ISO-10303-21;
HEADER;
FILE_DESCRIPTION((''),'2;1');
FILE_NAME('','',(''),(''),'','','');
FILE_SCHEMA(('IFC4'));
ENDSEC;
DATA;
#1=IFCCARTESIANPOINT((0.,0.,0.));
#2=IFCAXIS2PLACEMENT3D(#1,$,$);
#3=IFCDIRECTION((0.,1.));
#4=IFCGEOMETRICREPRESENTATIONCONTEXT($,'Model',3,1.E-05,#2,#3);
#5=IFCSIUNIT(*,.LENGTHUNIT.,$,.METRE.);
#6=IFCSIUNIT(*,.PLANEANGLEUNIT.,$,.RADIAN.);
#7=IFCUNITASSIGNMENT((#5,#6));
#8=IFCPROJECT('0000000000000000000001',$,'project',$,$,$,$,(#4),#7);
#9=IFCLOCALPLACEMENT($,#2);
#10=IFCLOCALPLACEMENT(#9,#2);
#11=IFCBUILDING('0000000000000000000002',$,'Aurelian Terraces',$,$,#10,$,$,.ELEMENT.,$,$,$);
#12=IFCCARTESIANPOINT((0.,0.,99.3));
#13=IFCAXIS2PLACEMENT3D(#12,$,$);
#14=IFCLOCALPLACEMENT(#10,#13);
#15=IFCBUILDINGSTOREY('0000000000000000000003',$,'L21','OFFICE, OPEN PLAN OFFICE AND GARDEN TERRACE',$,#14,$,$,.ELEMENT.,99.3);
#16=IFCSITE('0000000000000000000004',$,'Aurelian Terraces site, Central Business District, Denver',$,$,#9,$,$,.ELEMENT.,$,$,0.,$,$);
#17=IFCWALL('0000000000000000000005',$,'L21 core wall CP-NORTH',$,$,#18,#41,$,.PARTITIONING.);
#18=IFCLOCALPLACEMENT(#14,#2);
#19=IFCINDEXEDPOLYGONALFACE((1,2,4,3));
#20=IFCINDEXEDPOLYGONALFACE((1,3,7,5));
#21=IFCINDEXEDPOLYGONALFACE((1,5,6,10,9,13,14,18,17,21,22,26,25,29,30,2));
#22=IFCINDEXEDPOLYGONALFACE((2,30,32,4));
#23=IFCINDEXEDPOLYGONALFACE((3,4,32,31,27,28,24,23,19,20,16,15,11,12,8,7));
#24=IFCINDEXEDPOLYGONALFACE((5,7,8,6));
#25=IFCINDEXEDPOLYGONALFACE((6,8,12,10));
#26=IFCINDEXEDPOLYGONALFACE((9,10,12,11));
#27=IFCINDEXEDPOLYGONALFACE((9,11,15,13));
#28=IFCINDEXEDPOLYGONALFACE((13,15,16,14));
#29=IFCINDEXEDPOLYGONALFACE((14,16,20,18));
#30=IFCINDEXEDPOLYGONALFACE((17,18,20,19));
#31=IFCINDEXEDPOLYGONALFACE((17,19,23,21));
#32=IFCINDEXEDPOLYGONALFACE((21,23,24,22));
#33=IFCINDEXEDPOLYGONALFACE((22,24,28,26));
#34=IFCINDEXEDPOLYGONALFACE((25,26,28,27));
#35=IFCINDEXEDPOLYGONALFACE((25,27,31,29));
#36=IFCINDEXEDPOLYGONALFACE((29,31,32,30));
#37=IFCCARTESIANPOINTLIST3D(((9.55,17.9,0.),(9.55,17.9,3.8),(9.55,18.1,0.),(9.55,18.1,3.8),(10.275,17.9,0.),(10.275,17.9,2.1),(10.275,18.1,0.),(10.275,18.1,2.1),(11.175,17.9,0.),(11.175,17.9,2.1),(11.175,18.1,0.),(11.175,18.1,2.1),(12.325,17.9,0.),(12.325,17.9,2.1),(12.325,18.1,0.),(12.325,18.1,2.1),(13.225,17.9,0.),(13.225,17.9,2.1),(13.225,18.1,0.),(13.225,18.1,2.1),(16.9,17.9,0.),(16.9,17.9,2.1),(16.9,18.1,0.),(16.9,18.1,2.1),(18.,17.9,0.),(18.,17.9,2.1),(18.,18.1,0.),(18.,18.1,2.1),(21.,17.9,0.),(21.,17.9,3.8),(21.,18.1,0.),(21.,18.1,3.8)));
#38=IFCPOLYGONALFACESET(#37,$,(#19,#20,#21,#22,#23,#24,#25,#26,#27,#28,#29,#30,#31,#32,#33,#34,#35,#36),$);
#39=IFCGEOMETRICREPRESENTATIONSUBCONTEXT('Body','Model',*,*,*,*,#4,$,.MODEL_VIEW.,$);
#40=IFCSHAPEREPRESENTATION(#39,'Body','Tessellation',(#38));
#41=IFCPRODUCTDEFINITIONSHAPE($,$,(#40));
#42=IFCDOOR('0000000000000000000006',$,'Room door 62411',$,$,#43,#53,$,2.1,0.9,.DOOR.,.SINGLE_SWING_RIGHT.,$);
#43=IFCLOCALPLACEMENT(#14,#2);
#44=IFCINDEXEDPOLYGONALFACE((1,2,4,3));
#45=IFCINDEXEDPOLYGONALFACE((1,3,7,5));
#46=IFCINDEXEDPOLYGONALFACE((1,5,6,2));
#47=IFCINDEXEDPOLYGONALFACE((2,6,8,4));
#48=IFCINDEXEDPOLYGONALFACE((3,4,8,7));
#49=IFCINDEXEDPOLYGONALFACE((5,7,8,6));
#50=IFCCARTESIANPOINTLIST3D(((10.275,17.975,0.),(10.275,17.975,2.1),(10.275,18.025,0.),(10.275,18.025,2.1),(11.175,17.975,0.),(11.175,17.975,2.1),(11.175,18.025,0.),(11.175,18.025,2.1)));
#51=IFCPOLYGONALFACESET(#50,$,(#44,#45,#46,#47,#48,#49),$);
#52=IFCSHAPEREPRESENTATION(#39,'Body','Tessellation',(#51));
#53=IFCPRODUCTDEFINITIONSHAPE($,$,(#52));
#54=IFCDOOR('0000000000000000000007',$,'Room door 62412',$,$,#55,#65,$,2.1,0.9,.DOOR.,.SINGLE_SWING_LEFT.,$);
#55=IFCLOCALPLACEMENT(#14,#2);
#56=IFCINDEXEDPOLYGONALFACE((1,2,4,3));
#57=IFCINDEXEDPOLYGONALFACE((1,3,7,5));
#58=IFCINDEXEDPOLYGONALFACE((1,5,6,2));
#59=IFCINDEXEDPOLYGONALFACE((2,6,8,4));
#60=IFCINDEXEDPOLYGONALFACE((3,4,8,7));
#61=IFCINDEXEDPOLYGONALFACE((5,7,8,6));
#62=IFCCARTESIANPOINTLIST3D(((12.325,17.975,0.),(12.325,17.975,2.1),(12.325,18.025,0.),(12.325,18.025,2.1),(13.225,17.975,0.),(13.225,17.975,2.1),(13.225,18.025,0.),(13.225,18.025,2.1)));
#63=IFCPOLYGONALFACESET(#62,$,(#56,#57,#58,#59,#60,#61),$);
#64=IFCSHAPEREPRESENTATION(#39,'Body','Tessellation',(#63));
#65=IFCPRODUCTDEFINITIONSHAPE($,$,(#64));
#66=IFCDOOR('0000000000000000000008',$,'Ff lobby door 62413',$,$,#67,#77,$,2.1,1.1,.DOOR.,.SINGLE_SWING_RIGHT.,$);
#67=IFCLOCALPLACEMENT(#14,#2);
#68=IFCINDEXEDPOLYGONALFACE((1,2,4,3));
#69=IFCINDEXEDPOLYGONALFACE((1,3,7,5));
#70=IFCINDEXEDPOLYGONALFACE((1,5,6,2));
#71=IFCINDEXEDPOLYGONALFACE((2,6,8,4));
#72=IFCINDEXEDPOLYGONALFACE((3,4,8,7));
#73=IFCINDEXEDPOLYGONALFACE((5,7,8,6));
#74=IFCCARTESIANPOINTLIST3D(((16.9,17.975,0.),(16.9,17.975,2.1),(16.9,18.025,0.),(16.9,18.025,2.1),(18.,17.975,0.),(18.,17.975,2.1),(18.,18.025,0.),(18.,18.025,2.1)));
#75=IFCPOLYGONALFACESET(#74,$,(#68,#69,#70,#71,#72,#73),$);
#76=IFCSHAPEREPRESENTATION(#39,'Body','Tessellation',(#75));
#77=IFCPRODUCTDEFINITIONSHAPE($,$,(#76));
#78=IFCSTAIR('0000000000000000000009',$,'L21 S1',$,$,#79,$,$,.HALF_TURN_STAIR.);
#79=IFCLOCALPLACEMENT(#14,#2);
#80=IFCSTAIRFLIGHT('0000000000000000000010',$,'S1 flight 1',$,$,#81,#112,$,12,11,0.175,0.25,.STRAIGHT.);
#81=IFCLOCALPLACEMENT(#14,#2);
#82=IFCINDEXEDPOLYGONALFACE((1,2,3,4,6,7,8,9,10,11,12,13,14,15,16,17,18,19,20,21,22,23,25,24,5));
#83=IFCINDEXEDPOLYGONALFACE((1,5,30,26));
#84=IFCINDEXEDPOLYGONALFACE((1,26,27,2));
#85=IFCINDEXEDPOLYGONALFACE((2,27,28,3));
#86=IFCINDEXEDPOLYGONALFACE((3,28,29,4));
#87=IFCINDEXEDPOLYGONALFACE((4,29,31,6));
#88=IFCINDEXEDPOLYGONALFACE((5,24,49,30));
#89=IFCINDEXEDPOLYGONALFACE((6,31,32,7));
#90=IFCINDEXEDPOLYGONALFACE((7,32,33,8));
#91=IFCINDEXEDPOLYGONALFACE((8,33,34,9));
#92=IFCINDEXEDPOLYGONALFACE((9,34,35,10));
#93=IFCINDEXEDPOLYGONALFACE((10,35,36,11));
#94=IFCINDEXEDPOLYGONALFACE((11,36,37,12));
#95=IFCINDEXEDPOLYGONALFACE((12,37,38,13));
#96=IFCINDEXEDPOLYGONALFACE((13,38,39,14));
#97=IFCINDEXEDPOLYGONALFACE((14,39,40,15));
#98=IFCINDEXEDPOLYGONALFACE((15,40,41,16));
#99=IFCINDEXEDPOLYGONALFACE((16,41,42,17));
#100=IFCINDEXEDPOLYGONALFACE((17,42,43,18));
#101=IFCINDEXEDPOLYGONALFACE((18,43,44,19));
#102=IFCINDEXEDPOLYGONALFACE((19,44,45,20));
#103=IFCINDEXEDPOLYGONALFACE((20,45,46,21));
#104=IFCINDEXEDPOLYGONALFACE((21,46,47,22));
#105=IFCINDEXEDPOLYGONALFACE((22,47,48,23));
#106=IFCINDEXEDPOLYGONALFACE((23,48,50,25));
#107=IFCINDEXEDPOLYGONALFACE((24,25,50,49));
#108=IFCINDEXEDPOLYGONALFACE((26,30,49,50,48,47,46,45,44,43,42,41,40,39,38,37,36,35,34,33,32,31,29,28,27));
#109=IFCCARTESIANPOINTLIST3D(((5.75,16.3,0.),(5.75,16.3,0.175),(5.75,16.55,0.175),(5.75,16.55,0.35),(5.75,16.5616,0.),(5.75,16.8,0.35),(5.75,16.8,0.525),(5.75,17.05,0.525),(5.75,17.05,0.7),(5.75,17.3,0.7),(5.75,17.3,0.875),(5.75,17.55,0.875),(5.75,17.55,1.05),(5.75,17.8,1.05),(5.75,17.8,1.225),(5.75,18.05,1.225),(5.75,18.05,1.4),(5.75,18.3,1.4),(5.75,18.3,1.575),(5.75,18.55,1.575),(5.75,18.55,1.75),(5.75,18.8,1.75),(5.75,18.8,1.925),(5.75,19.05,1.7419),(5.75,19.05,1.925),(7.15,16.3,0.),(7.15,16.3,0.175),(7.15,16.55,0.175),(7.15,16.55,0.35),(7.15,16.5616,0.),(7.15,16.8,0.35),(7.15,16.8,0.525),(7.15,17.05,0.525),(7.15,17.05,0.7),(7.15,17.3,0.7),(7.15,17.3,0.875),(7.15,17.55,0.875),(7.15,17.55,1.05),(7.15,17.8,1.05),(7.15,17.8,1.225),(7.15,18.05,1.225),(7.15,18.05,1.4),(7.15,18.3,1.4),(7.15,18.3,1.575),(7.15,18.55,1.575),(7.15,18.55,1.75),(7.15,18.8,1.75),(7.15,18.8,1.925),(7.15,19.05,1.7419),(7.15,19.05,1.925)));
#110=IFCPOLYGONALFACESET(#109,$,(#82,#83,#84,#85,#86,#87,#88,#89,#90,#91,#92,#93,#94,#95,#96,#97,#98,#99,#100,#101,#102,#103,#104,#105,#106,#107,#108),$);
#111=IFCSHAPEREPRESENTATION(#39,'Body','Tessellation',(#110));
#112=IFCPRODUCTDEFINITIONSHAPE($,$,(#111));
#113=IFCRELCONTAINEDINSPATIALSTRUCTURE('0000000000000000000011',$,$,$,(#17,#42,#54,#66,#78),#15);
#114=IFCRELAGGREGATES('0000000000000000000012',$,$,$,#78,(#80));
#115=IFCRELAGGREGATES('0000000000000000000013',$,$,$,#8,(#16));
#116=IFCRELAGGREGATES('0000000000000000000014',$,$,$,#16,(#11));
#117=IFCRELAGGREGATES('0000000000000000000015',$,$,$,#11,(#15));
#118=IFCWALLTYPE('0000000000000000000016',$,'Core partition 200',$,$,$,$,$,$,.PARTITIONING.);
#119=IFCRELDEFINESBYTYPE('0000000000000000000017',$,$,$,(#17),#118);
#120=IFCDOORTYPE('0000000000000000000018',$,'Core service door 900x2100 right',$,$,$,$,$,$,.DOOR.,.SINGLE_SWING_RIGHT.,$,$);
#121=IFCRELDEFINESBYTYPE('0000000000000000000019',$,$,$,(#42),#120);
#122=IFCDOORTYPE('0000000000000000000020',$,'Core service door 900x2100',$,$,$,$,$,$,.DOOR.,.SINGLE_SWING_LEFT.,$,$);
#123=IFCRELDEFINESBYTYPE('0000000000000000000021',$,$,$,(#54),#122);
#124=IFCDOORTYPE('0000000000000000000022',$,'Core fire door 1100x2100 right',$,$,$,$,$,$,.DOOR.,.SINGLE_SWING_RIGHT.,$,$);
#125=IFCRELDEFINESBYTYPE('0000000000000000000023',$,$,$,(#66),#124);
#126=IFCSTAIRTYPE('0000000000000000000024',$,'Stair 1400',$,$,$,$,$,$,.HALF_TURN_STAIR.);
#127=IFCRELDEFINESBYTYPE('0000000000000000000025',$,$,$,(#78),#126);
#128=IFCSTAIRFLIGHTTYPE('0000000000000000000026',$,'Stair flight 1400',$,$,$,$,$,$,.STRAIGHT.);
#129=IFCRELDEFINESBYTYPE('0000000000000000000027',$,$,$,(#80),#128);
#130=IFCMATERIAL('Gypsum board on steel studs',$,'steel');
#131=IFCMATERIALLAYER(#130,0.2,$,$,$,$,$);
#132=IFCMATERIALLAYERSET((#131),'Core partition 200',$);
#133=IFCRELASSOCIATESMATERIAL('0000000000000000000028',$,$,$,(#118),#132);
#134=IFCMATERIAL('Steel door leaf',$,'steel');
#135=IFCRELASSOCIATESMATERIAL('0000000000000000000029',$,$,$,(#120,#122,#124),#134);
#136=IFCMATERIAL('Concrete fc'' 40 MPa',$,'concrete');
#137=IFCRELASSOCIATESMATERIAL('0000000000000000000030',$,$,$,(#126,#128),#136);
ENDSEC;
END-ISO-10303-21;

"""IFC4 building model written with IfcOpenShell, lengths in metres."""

from ifc_helpers import new_model, si_unit, direction, frame, frame_2d, origin, place, context, subcontext, project, spatial, polyline, rectangle, outline, extrude, source, transform, mapped, material, layer, layer_set, type_object, element, fill, aggregate, save


model = new_model("IFC4")

# Units and contexts
model_context = context("Model", 3, precision=1e-05, world=origin(), true_north=direction((0.0, 1.0)))
body_context = subcontext(model_context, "Body", "Model", "MODEL_VIEW")
ifc_project = project(units=[si_unit("LENGTHUNIT", "METRE"), si_unit("PLANEANGLEUNIT", "RADIAN")], contexts=[model_context])

# Site, building, storey
site_placement = place(None, origin())
site = spatial("IfcSite", under=ifc_project, at=site_placement, Name="Aurelian Terraces site, Central Business District, Denver", CompositionType="ELEMENT", RefElevation=0.0)
building_placement = place(site_placement, origin())
building = spatial("IfcBuilding", under=site, at=building_placement, Name="Aurelian Terraces", CompositionType="ELEMENT")
storey_placement = place(building_placement, frame((0.0, 0.0, 99.3)))
storey = spatial("IfcBuildingStorey", under=building, at=storey_placement, Name="L21", Description="OFFICE, OPEN PLAN OFFICE AND GARDEN TERRACE", CompositionType="ELEMENT", Elevation=99.3)

# Shared definitions
ifc_material_1 = material(Name="Concrete fc' 40 MPa", Category="concrete")

# Shared definitions
shared_shape_1 = source(origin(), body_context, "Body", "SweptSolid", [
    extrude(rectangle(XDim=1.1, YDim=2.1, at=frame_2d((0.55, 1.05))), frame((0.0, 0.11, 0.0), z_axis=(0.0, -1.0, 0.0), x_axis=(1.0, 0.0, 0.0)), (0.0, 0.0, 1.0), 0.22),
])
shared_shape_2 = source(origin(), body_context, "Body", "SweptSolid", [
    extrude(rectangle(XDim=1.1, YDim=2.1, at=frame_2d((0.55, 1.05))), frame((0.0, 0.025, 0.0), z_axis=(0.0, -1.0, 0.0), x_axis=(1.0, 0.0, 0.0)), (0.0, 0.0, 1.0), 0.05),
])

# Shared definitions
ifc_material_2 = material(Name="Gypsum board on steel studs", Category="steel")
ifc_layer_1 = layer(ifc_material_2, 0.2)
ifc_layer_set_1 = layer_set([ifc_layer_1], Name="Core partition 200")
wall_type_1 = type_object("IfcWallType", Name="Core partition 200", PredefinedType="PARTITIONING", material=ifc_layer_set_1)

# Shared definitions
ifc_material_3 = material(Name="Steel door leaf", Category="steel")

# Wall, openings, doors
shared_shape_3 = source(origin(), body_context, "Body", "SweptSolid", [
    extrude(rectangle(XDim=11.45, YDim=0.2, at=frame_2d((5.725, 0.0))), origin(), (0.0, 0.0, 1.0), 3.8),
])
wall_1_placement = place(storey_placement, frame((9.55, 18.0, 0.0), z_axis=(0.0, 0.0, 1.0), x_axis=(1.0, 0.0, 0.0)))
wall_1 = element("IfcWall", 1, at=wall_1_placement, inside=storey, type_object=wall_type_1, Name="L21 core wall CP-NORTH", PredefinedType="PARTITIONING", context=body_context, shape_type="MappedRepresentation", body=[
    mapped(shared_shape_3, transform((0.0, 0.0, 0.0), scale=1.0)),
])
shared_shape_4 = source(origin(), body_context, "Body", "SweptSolid", [
    extrude(rectangle(XDim=0.9, YDim=2.1, at=frame_2d((0.45, 1.05))), frame((0.0, 0.11, 0.0), z_axis=(0.0, -1.0, 0.0), x_axis=(1.0, 0.0, 0.0)), (0.0, 0.0, 1.0), 0.22),
])
opening_1_placement = place(wall_1_placement, frame((0.725, 0.0, 0.0)))
opening_1 = element("IfcOpeningElement", 2, at=opening_1_placement, cuts=wall_1, PredefinedType="OPENING", context=body_context, shape_type="MappedRepresentation", body=[
    mapped(shared_shape_4, transform((0.0, 0.0, 0.0), scale=1.0)),
])
opening_2_placement = place(wall_1_placement, frame((2.775, 0.0, 0.0)))
opening_2 = element("IfcOpeningElement", 3, at=opening_2_placement, cuts=wall_1, PredefinedType="OPENING", context=body_context, shape_type="MappedRepresentation", body=[
    mapped(shared_shape_4, transform((0.0, 0.0, 0.0), scale=1.0)),
])
opening_3_placement = place(wall_1_placement, frame((7.35, 0.0, 0.0)))
opening_3 = element("IfcOpeningElement", 4, at=opening_3_placement, cuts=wall_1, PredefinedType="OPENING", context=body_context, shape_type="MappedRepresentation", body=[
    mapped(shared_shape_1, transform((0.0, 0.0, 0.0), scale=1.0)),
])
door_type_1 = type_object("IfcDoorType", Name="Core service door 900x2100 right", OperationType="SINGLE_SWING_RIGHT", PredefinedType="DOOR", material=ifc_material_3)
shared_shape_5 = source(origin(), body_context, "Body", "SweptSolid", [
    extrude(rectangle(XDim=0.9, YDim=2.1, at=frame_2d((0.45, 1.05))), frame((0.0, 0.025, 0.0), z_axis=(0.0, -1.0, 0.0), x_axis=(1.0, 0.0, 0.0)), (0.0, 0.0, 1.0), 0.05),
])
door_1_placement = place(opening_1_placement, origin())
door_1 = element("IfcDoor", 5, at=door_1_placement, inside=storey, type_object=door_type_1, Name="Room door 62411", OperationType="SINGLE_SWING_RIGHT", OverallHeight=2.1, OverallWidth=0.9, PredefinedType="DOOR", context=body_context, shape_type="MappedRepresentation", body=[
    mapped(shared_shape_5, transform((0.0, 0.0, 0.0), scale=1.0)),
])
fill(opening_1, door_1)
door_type_2 = type_object("IfcDoorType", Name="Core service door 900x2100", OperationType="SINGLE_SWING_LEFT", PredefinedType="DOOR", material=ifc_material_3)
door_2_placement = place(opening_2_placement, origin())
door_2 = element("IfcDoor", 6, at=door_2_placement, inside=storey, type_object=door_type_2, Name="Room door 62412", OperationType="SINGLE_SWING_LEFT", OverallHeight=2.1, OverallWidth=0.9, PredefinedType="DOOR", context=body_context, shape_type="MappedRepresentation", body=[
    mapped(shared_shape_5, transform((0.0, 0.0, 0.0), scale=1.0)),
])
fill(opening_2, door_2)
door_type_3 = type_object("IfcDoorType", Name="Core fire door 1100x2100 right", OperationType="SINGLE_SWING_RIGHT", PredefinedType="DOOR", material=ifc_material_3)
door_3_placement = place(opening_3_placement, origin())
door_3 = element("IfcDoor", 7, at=door_3_placement, inside=storey, type_object=door_type_3, Name="Ff lobby door 62413", OperationType="SINGLE_SWING_RIGHT", OverallHeight=2.1, OverallWidth=1.1, PredefinedType="DOOR", context=body_context, shape_type="MappedRepresentation", body=[
    mapped(shared_shape_2, transform((0.0, 0.0, 0.0), scale=1.0)),
])
fill(opening_3, door_3)

# Stair, stair flight
stair_type = type_object("IfcStairType", Name="Stair 1400", PredefinedType="HALF_TURN_STAIR", material=ifc_material_1)
stair_placement = place(storey_placement, origin())
stair = element("IfcStair", 8, at=stair_placement, inside=storey, type_object=stair_type, Name="L21 S1", PredefinedType="HALF_TURN_STAIR")
stair_flight_type = type_object("IfcStairFlightType", Name="Stair flight 1400", PredefinedType="STRAIGHT", material=ifc_material_1)
shared_shape_6 = source(origin(), body_context, "Body", "SweptSolid", [
    extrude(outline(polyline([(0.0, 0.0), (0.0, 0.175), (0.25, 0.175), (0.25, 0.35), (0.5, 0.35), (0.5, 0.525), (0.75, 0.525), (0.75, 0.7), (1.0, 0.7), (1.0, 0.875), (1.25, 0.875), (1.25, 1.05), (1.5, 1.05), (1.5, 1.225), (1.75, 1.225), (1.75, 1.4), (2.0, 1.4), (2.0, 1.575), (2.25, 1.575), (2.25, 1.75), (2.5, 1.75), (2.5, 1.925), (2.75, 1.925), (2.75, 2.1), (2.75, 1.7419), (0.2616, 0.0), (0.0, 0.0)])), frame((0.0, 0.7, 0.0), z_axis=(0.0, -1.0, 0.0), x_axis=(1.0, 0.0, 0.0)), (0.0, 0.0, 1.0), 1.4),
])
stair_flight_placement = place(storey_placement, frame((6.45, 16.3, 0.0), z_axis=(0.0, 0.0, 1.0), x_axis=(0.0, 1.0, 0.0)))
stair_flight = element("IfcStairFlight", 9, at=stair_flight_placement, type_object=stair_flight_type, Name="S1 flight 1", NumberOfRisers=12, NumberOfTreads=11, PredefinedType="STRAIGHT", RiserHeight=0.175, TreadLength=0.25, context=body_context, shape_type="MappedRepresentation", body=[
    mapped(shared_shape_6, transform((0.0, 0.0, 0.0), scale=1.0)),
])
aggregate(stair, [stair_flight])

save(model, "model.ifc")
